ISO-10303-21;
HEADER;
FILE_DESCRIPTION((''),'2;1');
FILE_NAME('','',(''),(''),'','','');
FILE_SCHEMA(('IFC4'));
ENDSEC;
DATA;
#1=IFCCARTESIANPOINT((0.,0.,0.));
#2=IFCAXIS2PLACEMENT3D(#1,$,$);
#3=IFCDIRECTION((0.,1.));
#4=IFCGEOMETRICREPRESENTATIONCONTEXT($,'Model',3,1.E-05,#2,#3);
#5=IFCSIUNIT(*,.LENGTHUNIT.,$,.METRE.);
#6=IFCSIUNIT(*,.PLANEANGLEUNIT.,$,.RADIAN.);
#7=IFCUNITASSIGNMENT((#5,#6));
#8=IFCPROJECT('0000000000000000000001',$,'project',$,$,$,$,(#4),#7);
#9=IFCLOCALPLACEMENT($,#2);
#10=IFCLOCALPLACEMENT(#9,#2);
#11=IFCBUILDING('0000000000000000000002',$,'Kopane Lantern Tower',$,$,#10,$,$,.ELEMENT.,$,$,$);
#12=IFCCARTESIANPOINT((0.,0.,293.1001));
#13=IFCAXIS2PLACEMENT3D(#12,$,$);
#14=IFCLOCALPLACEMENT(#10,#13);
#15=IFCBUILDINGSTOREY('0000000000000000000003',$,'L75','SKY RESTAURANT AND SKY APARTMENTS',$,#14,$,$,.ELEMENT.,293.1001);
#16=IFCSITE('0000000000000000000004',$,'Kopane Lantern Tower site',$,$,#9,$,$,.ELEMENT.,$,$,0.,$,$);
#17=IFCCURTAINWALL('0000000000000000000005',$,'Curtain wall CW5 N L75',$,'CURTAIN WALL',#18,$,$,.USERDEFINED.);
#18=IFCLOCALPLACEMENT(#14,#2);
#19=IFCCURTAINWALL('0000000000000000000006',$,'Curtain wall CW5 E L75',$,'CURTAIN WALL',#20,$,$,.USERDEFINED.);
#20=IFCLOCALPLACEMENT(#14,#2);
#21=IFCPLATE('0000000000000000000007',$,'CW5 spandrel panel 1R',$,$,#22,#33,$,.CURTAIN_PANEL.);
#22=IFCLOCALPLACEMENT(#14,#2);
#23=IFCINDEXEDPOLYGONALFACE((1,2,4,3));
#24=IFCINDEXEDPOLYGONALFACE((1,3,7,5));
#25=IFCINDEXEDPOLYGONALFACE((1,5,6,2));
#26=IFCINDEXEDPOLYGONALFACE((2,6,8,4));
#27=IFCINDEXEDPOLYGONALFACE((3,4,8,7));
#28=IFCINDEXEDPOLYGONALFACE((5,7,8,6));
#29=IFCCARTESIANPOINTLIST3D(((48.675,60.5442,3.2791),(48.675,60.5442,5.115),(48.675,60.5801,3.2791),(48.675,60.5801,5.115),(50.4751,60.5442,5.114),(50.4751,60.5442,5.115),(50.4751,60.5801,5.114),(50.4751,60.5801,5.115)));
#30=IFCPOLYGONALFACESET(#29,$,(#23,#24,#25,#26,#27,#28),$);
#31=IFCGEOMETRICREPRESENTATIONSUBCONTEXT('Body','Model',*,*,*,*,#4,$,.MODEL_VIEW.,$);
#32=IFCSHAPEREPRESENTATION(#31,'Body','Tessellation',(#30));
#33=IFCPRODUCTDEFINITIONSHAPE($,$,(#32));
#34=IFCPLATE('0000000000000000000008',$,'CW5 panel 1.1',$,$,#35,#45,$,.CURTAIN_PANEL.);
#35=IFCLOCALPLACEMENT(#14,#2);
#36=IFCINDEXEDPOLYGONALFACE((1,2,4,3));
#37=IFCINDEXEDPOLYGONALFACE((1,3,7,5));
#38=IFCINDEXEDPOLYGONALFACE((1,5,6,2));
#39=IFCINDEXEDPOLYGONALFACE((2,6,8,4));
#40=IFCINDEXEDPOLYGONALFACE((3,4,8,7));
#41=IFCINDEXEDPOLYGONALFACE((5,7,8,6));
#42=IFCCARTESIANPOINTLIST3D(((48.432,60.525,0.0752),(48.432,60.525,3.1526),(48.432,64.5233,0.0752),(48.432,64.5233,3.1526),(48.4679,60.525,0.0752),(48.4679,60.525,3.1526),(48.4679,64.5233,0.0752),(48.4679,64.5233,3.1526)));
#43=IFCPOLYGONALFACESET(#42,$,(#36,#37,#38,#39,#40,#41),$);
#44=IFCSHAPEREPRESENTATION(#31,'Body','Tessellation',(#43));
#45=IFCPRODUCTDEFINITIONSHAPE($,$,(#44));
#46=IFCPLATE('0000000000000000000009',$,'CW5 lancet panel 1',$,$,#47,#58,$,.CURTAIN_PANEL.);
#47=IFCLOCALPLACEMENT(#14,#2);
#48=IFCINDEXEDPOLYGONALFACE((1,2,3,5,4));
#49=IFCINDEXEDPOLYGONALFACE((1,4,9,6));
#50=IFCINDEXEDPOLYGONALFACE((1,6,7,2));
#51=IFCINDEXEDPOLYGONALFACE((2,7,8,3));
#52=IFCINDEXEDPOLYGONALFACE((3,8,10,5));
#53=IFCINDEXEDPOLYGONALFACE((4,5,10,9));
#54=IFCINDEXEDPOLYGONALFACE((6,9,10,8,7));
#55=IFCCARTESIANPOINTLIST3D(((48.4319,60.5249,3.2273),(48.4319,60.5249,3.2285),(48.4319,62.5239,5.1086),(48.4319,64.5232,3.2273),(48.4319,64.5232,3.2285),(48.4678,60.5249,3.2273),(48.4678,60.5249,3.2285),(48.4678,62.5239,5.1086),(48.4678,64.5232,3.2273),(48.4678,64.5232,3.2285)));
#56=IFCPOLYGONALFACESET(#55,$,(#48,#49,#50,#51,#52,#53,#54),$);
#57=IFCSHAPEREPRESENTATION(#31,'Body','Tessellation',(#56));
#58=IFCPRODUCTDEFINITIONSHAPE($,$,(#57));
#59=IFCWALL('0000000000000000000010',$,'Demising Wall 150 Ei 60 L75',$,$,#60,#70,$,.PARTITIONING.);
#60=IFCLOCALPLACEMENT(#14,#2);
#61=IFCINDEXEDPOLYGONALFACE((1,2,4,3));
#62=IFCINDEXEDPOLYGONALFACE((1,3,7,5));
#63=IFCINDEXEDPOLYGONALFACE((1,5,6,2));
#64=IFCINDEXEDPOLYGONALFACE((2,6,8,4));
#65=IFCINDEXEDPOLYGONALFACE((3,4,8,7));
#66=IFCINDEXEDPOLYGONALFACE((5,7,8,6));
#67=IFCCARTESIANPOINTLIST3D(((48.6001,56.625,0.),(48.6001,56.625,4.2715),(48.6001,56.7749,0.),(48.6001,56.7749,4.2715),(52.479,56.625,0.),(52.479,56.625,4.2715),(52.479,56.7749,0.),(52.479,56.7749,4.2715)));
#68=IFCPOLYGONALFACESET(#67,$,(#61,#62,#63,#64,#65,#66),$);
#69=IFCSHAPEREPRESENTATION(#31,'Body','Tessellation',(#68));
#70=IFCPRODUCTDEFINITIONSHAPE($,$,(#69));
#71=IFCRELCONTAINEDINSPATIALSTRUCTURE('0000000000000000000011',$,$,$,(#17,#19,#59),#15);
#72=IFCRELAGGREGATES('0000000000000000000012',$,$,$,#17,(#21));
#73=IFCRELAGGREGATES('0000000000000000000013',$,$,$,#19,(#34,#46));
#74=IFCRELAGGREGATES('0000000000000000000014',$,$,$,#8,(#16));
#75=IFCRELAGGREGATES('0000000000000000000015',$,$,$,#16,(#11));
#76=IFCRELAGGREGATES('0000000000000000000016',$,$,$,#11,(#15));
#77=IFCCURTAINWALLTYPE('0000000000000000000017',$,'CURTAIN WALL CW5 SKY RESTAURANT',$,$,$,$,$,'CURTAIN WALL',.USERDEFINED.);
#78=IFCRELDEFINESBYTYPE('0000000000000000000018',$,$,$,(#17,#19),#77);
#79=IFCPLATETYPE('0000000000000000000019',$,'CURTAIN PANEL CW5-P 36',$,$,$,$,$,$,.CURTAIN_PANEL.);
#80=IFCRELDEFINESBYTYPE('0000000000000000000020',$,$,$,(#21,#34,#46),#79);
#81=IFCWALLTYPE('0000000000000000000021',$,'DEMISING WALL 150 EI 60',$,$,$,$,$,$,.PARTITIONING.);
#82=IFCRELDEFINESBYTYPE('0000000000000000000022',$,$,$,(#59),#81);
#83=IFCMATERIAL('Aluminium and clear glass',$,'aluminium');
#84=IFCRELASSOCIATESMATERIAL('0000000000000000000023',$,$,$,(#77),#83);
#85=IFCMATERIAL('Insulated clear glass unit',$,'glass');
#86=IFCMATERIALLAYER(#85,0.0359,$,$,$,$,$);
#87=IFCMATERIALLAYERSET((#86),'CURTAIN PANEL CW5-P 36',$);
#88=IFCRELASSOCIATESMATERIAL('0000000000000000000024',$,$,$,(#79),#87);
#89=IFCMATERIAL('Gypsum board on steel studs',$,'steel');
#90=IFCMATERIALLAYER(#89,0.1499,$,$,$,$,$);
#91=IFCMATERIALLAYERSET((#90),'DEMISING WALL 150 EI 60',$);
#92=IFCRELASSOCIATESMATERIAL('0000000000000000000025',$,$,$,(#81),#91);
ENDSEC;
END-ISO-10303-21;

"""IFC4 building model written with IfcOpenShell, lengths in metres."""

from ifc_helpers import new_model, si_unit, direction, frame, frame_2d, origin, origin_2d, place, context, subcontext, project, spatial, polyline, rectangle, outline, extrude, material, layer, layer_set, type_object, element, aggregate, save


model = new_model("IFC4")

# Units and contexts
model_context = context("Model", 3, precision=1e-05, world=origin(), true_north=direction((0.0, 1.0)))
body_context = subcontext(model_context, "Body", "Model", "MODEL_VIEW")
ifc_project = project(units=[si_unit("LENGTHUNIT", "METRE"), si_unit("PLANEANGLEUNIT", "RADIAN")], contexts=[model_context])

# Site, building, storey
site_placement = place(None, origin())
site = spatial("IfcSite", under=ifc_project, at=site_placement, Name="Kopane Lantern Tower site", CompositionType="ELEMENT", RefElevation=0.0)
building_placement = place(site_placement, origin())
building = spatial("IfcBuilding", under=site, at=building_placement, Name="Kopane Lantern Tower", CompositionType="ELEMENT")
storey_placement = place(building_placement, frame((0.0, 0.0, 293.1001)))
storey = spatial("IfcBuildingStorey", under=building, at=storey_placement, Name="L75", Description="SKY RESTAURANT AND SKY APARTMENTS", CompositionType="ELEMENT", Elevation=293.1001)

# Curtain walls
ifc_material_1 = material(Name="Aluminium and clear glass", Category="aluminium")
curtain_wall_type = type_object("IfcCurtainWallType", Name="CURTAIN WALL CW5 SKY RESTAURANT", ElementType="CURTAIN WALL", PredefinedType="USERDEFINED", material=ifc_material_1)
curtain_wall_1_placement = place(storey_placement, origin())
curtain_wall_1 = element("IfcCurtainWall", 1, at=curtain_wall_1_placement, inside=storey, type_object=curtain_wall_type, Name="Curtain wall CW5 N L75", ObjectType="CURTAIN WALL", PredefinedType="USERDEFINED")
curtain_wall_2_placement = place(storey_placement, origin())
curtain_wall_2 = element("IfcCurtainWall", 2, at=curtain_wall_2_placement, inside=storey, type_object=curtain_wall_type, Name="Curtain wall CW5 E L75", ObjectType="CURTAIN WALL", PredefinedType="USERDEFINED")

# Plates
ifc_material_2 = material(Name="Insulated clear glass unit", Category="glass")
ifc_layer_1 = layer(ifc_material_2, 0.0359)
ifc_layer_set_1 = layer_set([ifc_layer_1], Name="CURTAIN PANEL CW5-P 36")
plate_type = type_object("IfcPlateType", Name="CURTAIN PANEL CW5-P 36", PredefinedType="CURTAIN_PANEL", material=ifc_layer_set_1)
plate_1_placement = place(storey_placement, frame((48.675, 60.562, 5.115), z_axis=(0.0, 0.0, 1.0), x_axis=(1.0, 0.0, 0.0)))
plate_1 = element("IfcPlate", 3, at=plate_1_placement, type_object=plate_type, Name="CW5 spandrel panel 1R", PredefinedType="CURTAIN_PANEL", context=body_context, shape_type="SweptSolid", body=[
    extrude(outline(polyline([(0.0, 0.0), (1.8, 0.0), (1.8, -0.001), (0.0, -1.8359), (0.0, 0.0)])), frame((0.0, 0.0181, 0.0), z_axis=(0.0, -1.0, 0.0), x_axis=(1.0, 0.0, 0.0)), (0.0, 0.0, 1.0), 0.0359),
])
aggregate(curtain_wall_1, [plate_1])
plate_2_placement = place(storey_placement, frame((48.45, 62.5242, 0.0752), z_axis=(0.0, 0.0, 1.0), x_axis=(0.0, 1.0, 0.0)))
plate_2 = element("IfcPlate", 4, at=plate_2_placement, type_object=plate_type, Name="CW5 panel 1.1", PredefinedType="CURTAIN_PANEL", context=body_context, shape_type="SweptSolid", body=[
    extrude(rectangle(XDim=3.9983, YDim=0.0359, at=origin_2d()), origin(), (0.0, 0.0, 1.0), 3.0774),
])
plate_3_placement = place(storey_placement, frame((48.45, 60.5249, 3.2273), z_axis=(0.0, 0.0, 1.0), x_axis=(0.0, 1.0, 0.0)))
plate_3 = element("IfcPlate", 5, at=plate_3_placement, type_object=plate_type, Name="CW5 lancet panel 1", PredefinedType="CURTAIN_PANEL", context=body_context, shape_type="SweptSolid", body=[
    extrude(outline(polyline([(0.0, 0.0), (3.9983, 0.0), (3.9983, 0.0012), (1.999, 1.8813), (0.0, 0.0012), (0.0, 0.0)])), frame((0.0, 0.0181, 0.0), z_axis=(0.0, -1.0, 0.0), x_axis=(1.0, 0.0, 0.0)), (0.0, 0.0, 1.0), 0.0359),
])
aggregate(curtain_wall_2, [plate_2, plate_3])

# Wall
ifc_material_3 = material(Name="Gypsum board on steel studs", Category="steel")
ifc_layer_2 = layer(ifc_material_3, 0.1499)
ifc_layer_set_2 = layer_set([ifc_layer_2], Name="DEMISING WALL 150 EI 60")
wall_type = type_object("IfcWallType", Name="DEMISING WALL 150 EI 60", PredefinedType="PARTITIONING", material=ifc_layer_set_2)
wall_placement = place(storey_placement, frame((48.6001, 56.7, 0.0), z_axis=(0.0, 0.0, 1.0), x_axis=(1.0, 0.0, 0.0)))
element("IfcWall", 6, at=wall_placement, inside=storey, type_object=wall_type, Name="Demising Wall 150 Ei 60 L75", PredefinedType="PARTITIONING", context=body_context, shape_type="SweptSolid", body=[
    extrude(rectangle(XDim=3.8789, YDim=0.1499, at=frame_2d((1.9395, 0.0))), origin(), (0.0, 0.0, 1.0), 4.2715),
])

save(model, "model.ifc")
